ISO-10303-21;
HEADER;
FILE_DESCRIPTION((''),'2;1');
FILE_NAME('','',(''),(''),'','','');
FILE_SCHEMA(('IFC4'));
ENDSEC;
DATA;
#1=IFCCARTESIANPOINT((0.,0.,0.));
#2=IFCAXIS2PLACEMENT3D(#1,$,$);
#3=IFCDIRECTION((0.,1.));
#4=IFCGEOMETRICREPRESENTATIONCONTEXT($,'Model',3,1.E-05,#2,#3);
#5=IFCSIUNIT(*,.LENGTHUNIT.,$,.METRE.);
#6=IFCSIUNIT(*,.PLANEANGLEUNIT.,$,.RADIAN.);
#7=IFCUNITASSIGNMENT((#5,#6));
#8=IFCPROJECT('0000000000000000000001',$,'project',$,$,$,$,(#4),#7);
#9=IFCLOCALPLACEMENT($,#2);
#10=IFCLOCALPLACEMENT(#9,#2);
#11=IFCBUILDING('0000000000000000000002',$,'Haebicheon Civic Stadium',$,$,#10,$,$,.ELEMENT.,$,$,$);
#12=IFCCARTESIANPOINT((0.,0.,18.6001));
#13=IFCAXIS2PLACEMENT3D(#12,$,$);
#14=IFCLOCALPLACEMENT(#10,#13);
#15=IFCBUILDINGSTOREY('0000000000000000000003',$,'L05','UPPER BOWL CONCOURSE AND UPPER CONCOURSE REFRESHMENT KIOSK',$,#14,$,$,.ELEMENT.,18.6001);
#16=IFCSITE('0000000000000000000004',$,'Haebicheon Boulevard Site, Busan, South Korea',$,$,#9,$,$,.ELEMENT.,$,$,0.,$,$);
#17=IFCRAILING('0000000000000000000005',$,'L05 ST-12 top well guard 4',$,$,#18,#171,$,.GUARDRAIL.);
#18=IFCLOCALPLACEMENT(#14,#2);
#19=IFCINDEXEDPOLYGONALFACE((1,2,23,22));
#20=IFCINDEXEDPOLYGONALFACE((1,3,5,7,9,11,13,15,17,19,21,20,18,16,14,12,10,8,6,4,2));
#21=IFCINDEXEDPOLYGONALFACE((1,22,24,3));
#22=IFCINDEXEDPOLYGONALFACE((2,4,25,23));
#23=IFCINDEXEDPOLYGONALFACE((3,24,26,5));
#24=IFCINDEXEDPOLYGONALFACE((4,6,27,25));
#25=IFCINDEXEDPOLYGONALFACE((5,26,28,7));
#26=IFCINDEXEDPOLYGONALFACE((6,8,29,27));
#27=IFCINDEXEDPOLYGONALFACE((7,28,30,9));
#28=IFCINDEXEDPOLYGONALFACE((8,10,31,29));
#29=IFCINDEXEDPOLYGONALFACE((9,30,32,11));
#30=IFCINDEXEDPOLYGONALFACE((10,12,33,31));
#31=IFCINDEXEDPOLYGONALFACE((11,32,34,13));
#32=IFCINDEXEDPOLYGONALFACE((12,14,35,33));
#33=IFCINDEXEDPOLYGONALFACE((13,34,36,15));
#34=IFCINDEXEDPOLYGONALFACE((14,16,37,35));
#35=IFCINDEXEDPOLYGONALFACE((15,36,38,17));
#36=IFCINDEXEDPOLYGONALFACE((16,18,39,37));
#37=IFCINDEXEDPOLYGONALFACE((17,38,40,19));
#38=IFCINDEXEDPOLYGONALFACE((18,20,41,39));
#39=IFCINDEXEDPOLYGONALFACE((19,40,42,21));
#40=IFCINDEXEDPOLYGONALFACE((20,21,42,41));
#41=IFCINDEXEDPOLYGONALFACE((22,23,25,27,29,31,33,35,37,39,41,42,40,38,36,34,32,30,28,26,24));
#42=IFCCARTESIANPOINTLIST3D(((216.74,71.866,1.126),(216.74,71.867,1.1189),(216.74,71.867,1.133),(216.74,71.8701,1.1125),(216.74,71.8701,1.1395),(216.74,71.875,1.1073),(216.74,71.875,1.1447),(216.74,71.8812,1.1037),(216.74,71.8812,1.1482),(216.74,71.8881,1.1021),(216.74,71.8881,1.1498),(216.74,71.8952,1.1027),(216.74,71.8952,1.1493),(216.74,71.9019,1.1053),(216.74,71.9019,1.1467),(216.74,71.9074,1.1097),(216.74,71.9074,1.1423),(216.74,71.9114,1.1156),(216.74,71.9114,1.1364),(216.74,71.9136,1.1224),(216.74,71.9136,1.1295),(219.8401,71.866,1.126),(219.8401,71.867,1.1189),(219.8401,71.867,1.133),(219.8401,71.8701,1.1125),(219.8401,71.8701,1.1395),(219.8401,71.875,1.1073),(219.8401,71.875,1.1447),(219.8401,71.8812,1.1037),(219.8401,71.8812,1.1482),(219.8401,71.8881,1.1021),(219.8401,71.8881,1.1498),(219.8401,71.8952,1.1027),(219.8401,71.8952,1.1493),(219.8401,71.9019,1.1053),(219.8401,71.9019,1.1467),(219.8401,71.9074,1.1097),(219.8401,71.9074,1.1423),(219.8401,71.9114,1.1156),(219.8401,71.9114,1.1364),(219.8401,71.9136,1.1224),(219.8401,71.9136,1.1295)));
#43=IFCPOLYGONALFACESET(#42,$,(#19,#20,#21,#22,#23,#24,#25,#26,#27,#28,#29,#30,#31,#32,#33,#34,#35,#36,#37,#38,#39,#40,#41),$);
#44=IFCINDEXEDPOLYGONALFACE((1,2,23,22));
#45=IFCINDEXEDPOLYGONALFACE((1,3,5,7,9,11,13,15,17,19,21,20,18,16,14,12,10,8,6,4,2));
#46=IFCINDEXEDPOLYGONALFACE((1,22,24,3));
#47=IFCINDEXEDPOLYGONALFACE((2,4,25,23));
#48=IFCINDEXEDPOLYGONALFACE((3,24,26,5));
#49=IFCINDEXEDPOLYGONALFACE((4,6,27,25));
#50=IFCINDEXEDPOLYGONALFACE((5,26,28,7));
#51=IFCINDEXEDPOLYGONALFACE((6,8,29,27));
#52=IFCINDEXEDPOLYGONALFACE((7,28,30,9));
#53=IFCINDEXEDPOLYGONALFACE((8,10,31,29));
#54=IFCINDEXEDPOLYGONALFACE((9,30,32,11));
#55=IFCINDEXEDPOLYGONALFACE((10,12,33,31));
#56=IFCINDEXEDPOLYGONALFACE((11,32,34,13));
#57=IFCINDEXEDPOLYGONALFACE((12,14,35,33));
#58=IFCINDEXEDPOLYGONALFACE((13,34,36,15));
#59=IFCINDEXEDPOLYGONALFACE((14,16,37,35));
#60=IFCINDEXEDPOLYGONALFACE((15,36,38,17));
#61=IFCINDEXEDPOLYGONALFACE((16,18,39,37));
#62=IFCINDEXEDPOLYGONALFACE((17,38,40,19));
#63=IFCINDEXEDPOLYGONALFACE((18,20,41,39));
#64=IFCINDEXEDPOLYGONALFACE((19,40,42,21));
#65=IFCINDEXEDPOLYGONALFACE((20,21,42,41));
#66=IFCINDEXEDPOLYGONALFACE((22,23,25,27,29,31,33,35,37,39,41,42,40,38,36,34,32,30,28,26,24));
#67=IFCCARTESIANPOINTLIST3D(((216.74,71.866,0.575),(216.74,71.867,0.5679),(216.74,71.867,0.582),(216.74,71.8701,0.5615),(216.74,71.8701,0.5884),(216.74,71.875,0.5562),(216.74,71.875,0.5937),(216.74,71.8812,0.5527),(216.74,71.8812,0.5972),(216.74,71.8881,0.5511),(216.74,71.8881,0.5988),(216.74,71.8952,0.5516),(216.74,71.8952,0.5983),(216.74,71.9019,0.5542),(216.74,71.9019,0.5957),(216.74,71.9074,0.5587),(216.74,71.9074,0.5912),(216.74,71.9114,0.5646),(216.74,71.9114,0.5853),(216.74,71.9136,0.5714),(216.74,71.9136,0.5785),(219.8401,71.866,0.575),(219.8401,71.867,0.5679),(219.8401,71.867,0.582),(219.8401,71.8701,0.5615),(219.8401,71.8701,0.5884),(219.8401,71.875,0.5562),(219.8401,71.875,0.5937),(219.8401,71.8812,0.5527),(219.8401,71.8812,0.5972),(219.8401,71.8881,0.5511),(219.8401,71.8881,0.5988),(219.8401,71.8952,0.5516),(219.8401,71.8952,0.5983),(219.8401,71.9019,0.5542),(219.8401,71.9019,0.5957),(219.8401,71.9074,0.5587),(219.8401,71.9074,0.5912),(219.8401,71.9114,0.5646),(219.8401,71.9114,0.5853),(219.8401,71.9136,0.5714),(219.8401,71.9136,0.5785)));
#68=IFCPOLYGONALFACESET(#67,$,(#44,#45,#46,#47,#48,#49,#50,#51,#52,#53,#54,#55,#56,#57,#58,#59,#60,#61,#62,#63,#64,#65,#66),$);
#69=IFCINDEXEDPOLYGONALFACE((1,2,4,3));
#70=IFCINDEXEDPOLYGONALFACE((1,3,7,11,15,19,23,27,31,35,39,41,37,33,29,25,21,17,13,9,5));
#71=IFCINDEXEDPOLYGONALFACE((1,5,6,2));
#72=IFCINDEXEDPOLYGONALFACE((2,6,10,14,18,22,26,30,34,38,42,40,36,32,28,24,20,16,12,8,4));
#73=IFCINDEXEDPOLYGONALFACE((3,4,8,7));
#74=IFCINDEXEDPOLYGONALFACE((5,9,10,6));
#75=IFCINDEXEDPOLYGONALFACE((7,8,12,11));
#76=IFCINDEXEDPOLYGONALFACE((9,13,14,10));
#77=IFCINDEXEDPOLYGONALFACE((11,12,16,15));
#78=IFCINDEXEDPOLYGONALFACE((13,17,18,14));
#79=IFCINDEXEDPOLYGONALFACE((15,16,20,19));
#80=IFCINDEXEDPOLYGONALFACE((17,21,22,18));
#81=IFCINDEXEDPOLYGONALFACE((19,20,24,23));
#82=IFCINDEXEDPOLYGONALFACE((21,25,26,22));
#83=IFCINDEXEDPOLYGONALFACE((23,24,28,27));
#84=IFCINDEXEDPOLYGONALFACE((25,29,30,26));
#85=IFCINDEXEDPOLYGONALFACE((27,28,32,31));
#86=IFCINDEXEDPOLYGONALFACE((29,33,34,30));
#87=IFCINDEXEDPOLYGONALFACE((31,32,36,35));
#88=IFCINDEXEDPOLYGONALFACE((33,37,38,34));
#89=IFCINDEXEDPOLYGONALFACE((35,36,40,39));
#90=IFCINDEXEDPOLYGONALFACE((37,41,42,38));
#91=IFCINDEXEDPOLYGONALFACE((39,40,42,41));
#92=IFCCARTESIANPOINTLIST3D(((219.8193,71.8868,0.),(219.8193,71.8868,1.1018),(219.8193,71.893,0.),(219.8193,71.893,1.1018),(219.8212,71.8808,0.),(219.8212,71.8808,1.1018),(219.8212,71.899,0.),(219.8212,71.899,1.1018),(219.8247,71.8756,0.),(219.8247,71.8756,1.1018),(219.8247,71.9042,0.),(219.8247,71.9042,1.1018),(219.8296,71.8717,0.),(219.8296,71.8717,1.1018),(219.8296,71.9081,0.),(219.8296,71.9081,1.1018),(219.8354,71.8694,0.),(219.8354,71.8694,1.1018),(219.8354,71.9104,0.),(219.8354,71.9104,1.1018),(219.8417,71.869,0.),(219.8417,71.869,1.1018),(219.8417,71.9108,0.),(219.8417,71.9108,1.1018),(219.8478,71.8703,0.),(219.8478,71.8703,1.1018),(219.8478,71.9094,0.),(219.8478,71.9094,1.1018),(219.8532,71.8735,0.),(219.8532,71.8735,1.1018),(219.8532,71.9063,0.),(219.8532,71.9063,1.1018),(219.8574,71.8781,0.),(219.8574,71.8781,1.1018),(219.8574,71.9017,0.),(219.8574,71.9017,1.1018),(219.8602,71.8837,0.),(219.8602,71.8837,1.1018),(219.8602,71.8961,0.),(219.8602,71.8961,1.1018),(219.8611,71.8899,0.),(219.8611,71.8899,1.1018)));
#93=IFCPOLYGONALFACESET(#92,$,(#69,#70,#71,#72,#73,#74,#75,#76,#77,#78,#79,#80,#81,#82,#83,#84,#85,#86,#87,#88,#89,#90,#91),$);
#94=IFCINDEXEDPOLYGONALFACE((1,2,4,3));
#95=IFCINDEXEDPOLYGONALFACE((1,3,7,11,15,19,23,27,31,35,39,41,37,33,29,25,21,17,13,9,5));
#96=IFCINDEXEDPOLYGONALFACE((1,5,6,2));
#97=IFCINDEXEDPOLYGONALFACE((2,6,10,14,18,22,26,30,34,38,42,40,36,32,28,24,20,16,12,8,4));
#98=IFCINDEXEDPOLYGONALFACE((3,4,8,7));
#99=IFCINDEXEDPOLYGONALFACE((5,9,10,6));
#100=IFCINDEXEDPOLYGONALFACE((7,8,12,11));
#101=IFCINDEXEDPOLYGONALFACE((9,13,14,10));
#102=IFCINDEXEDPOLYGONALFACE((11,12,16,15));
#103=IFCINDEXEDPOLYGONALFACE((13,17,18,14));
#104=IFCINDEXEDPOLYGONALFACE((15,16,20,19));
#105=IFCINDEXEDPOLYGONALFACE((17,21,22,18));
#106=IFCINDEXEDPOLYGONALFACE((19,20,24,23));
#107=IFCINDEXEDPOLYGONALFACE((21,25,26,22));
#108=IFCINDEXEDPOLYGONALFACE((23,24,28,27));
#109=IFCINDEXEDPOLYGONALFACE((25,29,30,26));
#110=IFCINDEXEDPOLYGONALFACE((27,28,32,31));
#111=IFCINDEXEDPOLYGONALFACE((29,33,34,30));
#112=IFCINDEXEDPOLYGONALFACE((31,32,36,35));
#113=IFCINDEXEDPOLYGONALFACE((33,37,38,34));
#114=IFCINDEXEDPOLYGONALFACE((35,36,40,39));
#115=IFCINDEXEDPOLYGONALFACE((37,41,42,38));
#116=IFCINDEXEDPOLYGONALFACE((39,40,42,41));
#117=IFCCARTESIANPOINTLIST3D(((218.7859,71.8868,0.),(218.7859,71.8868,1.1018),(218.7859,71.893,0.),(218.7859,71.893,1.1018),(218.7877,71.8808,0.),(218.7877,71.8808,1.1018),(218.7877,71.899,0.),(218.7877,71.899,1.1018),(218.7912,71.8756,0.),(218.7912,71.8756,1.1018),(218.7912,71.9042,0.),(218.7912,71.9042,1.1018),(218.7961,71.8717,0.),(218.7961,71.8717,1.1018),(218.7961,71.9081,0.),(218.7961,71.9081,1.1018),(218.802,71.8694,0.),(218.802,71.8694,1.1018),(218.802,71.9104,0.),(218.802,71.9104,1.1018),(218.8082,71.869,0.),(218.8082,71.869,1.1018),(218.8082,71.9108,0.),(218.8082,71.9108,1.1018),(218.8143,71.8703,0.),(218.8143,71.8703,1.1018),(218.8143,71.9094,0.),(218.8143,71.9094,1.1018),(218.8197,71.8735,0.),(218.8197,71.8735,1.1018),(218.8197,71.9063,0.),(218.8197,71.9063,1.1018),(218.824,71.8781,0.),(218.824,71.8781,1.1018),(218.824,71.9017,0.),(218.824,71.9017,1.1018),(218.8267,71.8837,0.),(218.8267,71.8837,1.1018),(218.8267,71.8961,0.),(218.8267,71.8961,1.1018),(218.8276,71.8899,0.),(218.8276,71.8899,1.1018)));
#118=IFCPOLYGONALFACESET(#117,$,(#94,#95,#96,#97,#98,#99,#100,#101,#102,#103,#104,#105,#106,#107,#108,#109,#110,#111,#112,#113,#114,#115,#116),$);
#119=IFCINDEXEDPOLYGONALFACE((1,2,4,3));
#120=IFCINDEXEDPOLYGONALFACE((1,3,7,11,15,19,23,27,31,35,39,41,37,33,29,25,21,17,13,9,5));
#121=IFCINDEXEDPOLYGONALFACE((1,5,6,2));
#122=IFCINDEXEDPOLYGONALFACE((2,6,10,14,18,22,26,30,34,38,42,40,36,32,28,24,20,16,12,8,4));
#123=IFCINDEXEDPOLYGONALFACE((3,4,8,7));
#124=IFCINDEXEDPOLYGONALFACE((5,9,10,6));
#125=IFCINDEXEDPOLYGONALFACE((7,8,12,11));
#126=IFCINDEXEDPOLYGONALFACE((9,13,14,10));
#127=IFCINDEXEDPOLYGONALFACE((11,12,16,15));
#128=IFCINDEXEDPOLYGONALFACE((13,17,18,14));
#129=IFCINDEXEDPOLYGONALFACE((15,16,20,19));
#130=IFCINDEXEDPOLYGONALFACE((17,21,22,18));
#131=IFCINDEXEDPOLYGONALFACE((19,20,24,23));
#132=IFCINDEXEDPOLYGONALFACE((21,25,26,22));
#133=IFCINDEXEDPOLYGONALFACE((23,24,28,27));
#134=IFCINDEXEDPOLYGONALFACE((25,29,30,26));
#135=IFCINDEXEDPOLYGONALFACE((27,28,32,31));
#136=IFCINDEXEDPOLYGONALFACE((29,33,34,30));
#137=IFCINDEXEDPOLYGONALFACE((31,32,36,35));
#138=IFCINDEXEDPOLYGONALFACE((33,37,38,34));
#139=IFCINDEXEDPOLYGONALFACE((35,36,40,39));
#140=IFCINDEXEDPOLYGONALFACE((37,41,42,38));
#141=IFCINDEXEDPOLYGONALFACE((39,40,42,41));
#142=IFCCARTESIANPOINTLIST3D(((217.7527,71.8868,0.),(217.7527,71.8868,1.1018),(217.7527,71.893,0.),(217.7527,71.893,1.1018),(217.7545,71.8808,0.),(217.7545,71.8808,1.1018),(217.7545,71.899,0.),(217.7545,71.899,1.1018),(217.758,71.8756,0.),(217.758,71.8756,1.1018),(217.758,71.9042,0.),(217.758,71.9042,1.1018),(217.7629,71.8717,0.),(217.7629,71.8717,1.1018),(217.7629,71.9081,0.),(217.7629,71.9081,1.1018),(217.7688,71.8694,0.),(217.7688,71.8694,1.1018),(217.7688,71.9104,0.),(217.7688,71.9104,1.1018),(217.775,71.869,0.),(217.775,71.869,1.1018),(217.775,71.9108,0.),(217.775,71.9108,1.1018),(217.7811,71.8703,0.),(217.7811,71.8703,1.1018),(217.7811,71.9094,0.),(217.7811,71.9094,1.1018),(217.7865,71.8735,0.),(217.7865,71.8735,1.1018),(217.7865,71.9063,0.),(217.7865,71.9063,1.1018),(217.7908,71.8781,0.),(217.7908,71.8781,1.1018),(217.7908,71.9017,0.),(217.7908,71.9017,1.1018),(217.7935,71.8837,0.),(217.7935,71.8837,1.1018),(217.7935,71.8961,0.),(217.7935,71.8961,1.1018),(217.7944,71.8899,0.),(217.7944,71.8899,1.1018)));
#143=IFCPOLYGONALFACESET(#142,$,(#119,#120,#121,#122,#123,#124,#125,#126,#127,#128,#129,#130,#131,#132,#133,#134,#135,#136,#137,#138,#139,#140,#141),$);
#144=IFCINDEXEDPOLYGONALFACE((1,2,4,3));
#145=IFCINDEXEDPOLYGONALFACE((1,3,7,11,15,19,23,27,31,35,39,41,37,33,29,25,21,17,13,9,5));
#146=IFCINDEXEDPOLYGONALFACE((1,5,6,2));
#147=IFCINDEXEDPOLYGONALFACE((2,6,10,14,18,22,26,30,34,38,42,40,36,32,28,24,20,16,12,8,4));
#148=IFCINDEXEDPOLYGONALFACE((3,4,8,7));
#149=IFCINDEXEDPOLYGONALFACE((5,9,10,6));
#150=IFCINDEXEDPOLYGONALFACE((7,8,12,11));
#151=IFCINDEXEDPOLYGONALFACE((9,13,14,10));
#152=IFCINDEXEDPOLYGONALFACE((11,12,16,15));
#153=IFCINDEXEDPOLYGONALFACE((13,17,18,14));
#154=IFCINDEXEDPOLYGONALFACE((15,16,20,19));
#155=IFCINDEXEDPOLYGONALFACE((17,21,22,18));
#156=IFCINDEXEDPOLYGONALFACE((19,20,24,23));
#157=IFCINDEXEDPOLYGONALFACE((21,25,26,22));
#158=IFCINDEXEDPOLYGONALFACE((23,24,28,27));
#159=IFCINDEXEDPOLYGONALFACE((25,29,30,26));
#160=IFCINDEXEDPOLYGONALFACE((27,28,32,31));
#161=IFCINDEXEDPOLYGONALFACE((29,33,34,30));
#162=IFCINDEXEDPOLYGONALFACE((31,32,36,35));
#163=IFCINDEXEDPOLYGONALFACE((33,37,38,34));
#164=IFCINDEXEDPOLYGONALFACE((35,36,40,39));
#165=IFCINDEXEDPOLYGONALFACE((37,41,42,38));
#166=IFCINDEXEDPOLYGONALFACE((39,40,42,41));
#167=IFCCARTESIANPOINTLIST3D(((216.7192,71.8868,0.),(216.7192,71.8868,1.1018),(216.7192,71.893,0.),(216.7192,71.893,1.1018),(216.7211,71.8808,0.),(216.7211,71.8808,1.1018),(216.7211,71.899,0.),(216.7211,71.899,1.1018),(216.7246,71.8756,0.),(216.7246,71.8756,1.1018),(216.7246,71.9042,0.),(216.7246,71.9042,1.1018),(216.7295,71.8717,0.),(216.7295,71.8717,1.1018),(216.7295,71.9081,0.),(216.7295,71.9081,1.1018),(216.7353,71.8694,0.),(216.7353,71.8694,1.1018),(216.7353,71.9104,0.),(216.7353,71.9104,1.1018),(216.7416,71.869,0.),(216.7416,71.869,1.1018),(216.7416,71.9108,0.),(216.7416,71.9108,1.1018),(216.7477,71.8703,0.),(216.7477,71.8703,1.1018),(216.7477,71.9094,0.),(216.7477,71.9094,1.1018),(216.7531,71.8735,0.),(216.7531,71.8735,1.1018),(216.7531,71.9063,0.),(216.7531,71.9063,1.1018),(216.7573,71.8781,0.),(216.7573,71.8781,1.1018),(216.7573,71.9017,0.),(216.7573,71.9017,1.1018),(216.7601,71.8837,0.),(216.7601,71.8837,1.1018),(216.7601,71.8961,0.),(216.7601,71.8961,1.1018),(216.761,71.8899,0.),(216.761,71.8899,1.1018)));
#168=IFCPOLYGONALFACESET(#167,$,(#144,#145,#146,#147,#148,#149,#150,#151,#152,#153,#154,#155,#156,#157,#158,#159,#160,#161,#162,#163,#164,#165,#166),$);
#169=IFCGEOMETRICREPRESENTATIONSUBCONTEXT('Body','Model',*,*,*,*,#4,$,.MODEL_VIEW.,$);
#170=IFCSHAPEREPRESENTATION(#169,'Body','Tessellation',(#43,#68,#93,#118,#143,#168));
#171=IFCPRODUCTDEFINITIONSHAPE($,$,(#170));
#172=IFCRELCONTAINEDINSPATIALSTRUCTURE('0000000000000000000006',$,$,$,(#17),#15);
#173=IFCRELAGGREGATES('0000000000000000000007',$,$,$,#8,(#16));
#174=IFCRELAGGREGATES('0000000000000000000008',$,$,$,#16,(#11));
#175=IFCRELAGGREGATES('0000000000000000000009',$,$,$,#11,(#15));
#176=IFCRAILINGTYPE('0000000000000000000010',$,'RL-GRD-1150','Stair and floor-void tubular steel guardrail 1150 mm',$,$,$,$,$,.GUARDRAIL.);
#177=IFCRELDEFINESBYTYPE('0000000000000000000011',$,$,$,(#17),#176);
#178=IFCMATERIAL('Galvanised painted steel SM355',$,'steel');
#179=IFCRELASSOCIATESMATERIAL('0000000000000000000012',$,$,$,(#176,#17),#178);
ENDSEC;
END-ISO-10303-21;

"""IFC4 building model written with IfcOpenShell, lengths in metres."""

from ifc_helpers import new_model, si_unit, direction, frame, origin, origin_2d, place, context, subcontext, project, spatial, circle, extrude, material, type_object, element, save


model = new_model("IFC4")

# Units and contexts
model_context = context("Model", 3, precision=1e-05, world=origin(), true_north=direction((0.0, 1.0)))
body_context = subcontext(model_context, "Body", "Model", "MODEL_VIEW")
ifc_project = project(units=[si_unit("LENGTHUNIT", "METRE"), si_unit("PLANEANGLEUNIT", "RADIAN")], contexts=[model_context])

# Site, building, storey
site_placement = place(None, origin())
site = spatial("IfcSite", under=ifc_project, at=site_placement, Name="Haebicheon Boulevard Site, Busan, South Korea", CompositionType="ELEMENT", RefElevation=0.0)
building_placement = place(site_placement, origin())
building = spatial("IfcBuilding", under=site, at=building_placement, Name="Haebicheon Civic Stadium", CompositionType="ELEMENT")
storey_placement = place(building_placement, frame((0.0, 0.0, 18.6001)))
storey = spatial("IfcBuildingStorey", under=building, at=storey_placement, Name="L05", Description="UPPER BOWL CONCOURSE AND UPPER CONCOURSE REFRESHMENT KIOSK", CompositionType="ELEMENT", Elevation=18.6001)

# Railing
ifc_material_1 = material(Name="Galvanised painted steel SM355", Category="steel")
railing_type = type_object("IfcRailingType", Name="RL-GRD-1150", Description="Stair and floor-void tubular steel guardrail 1150 mm", PredefinedType="GUARDRAIL", material=ifc_material_1)
railing_1_placement = place(storey_placement, frame((219.8401, 71.8899, 0.0)))
element("IfcRailing", 1, at=railing_1_placement, inside=storey, type_object=railing_type, material=ifc_material_1, Name="L05 ST-12 top well guard 4", PredefinedType="GUARDRAIL", context=body_context, shape_type="SweptSolid", body=[
    extrude(circle(Radius=0.0239, at=origin_2d()), frame((0.0, 0.0, 1.126), z_axis=(-1.0, 0.0, 0.0), x_axis=(0.0, -1.0, 0.0)), (0.0, 0.0, 1.0), 3.1001),
    extrude(circle(Radius=0.0239, at=origin_2d()), frame((0.0, 0.0, 0.575), z_axis=(-1.0, 0.0, 0.0), x_axis=(0.0, -1.0, 0.0)), (0.0, 0.0, 1.0), 3.1001),
    extrude(circle(Radius=0.021, at=origin_2d()), origin(), (0.0, 0.0, 1.0), 1.1018),
    extrude(circle(Radius=0.021, at=origin_2d()), frame((-1.0334, 0.0, 0.0)), (0.0, 0.0, 1.0), 1.1018),
    extrude(circle(Radius=0.021, at=origin_2d()), frame((-2.0667, 0.0, 0.0)), (0.0, 0.0, 1.0), 1.1018),
    extrude(circle(Radius=0.021, at=origin_2d()), frame((-3.1001, 0.0, 0.0)), (0.0, 0.0, 1.0), 1.1018),
])

save(model, "model.ifc")
